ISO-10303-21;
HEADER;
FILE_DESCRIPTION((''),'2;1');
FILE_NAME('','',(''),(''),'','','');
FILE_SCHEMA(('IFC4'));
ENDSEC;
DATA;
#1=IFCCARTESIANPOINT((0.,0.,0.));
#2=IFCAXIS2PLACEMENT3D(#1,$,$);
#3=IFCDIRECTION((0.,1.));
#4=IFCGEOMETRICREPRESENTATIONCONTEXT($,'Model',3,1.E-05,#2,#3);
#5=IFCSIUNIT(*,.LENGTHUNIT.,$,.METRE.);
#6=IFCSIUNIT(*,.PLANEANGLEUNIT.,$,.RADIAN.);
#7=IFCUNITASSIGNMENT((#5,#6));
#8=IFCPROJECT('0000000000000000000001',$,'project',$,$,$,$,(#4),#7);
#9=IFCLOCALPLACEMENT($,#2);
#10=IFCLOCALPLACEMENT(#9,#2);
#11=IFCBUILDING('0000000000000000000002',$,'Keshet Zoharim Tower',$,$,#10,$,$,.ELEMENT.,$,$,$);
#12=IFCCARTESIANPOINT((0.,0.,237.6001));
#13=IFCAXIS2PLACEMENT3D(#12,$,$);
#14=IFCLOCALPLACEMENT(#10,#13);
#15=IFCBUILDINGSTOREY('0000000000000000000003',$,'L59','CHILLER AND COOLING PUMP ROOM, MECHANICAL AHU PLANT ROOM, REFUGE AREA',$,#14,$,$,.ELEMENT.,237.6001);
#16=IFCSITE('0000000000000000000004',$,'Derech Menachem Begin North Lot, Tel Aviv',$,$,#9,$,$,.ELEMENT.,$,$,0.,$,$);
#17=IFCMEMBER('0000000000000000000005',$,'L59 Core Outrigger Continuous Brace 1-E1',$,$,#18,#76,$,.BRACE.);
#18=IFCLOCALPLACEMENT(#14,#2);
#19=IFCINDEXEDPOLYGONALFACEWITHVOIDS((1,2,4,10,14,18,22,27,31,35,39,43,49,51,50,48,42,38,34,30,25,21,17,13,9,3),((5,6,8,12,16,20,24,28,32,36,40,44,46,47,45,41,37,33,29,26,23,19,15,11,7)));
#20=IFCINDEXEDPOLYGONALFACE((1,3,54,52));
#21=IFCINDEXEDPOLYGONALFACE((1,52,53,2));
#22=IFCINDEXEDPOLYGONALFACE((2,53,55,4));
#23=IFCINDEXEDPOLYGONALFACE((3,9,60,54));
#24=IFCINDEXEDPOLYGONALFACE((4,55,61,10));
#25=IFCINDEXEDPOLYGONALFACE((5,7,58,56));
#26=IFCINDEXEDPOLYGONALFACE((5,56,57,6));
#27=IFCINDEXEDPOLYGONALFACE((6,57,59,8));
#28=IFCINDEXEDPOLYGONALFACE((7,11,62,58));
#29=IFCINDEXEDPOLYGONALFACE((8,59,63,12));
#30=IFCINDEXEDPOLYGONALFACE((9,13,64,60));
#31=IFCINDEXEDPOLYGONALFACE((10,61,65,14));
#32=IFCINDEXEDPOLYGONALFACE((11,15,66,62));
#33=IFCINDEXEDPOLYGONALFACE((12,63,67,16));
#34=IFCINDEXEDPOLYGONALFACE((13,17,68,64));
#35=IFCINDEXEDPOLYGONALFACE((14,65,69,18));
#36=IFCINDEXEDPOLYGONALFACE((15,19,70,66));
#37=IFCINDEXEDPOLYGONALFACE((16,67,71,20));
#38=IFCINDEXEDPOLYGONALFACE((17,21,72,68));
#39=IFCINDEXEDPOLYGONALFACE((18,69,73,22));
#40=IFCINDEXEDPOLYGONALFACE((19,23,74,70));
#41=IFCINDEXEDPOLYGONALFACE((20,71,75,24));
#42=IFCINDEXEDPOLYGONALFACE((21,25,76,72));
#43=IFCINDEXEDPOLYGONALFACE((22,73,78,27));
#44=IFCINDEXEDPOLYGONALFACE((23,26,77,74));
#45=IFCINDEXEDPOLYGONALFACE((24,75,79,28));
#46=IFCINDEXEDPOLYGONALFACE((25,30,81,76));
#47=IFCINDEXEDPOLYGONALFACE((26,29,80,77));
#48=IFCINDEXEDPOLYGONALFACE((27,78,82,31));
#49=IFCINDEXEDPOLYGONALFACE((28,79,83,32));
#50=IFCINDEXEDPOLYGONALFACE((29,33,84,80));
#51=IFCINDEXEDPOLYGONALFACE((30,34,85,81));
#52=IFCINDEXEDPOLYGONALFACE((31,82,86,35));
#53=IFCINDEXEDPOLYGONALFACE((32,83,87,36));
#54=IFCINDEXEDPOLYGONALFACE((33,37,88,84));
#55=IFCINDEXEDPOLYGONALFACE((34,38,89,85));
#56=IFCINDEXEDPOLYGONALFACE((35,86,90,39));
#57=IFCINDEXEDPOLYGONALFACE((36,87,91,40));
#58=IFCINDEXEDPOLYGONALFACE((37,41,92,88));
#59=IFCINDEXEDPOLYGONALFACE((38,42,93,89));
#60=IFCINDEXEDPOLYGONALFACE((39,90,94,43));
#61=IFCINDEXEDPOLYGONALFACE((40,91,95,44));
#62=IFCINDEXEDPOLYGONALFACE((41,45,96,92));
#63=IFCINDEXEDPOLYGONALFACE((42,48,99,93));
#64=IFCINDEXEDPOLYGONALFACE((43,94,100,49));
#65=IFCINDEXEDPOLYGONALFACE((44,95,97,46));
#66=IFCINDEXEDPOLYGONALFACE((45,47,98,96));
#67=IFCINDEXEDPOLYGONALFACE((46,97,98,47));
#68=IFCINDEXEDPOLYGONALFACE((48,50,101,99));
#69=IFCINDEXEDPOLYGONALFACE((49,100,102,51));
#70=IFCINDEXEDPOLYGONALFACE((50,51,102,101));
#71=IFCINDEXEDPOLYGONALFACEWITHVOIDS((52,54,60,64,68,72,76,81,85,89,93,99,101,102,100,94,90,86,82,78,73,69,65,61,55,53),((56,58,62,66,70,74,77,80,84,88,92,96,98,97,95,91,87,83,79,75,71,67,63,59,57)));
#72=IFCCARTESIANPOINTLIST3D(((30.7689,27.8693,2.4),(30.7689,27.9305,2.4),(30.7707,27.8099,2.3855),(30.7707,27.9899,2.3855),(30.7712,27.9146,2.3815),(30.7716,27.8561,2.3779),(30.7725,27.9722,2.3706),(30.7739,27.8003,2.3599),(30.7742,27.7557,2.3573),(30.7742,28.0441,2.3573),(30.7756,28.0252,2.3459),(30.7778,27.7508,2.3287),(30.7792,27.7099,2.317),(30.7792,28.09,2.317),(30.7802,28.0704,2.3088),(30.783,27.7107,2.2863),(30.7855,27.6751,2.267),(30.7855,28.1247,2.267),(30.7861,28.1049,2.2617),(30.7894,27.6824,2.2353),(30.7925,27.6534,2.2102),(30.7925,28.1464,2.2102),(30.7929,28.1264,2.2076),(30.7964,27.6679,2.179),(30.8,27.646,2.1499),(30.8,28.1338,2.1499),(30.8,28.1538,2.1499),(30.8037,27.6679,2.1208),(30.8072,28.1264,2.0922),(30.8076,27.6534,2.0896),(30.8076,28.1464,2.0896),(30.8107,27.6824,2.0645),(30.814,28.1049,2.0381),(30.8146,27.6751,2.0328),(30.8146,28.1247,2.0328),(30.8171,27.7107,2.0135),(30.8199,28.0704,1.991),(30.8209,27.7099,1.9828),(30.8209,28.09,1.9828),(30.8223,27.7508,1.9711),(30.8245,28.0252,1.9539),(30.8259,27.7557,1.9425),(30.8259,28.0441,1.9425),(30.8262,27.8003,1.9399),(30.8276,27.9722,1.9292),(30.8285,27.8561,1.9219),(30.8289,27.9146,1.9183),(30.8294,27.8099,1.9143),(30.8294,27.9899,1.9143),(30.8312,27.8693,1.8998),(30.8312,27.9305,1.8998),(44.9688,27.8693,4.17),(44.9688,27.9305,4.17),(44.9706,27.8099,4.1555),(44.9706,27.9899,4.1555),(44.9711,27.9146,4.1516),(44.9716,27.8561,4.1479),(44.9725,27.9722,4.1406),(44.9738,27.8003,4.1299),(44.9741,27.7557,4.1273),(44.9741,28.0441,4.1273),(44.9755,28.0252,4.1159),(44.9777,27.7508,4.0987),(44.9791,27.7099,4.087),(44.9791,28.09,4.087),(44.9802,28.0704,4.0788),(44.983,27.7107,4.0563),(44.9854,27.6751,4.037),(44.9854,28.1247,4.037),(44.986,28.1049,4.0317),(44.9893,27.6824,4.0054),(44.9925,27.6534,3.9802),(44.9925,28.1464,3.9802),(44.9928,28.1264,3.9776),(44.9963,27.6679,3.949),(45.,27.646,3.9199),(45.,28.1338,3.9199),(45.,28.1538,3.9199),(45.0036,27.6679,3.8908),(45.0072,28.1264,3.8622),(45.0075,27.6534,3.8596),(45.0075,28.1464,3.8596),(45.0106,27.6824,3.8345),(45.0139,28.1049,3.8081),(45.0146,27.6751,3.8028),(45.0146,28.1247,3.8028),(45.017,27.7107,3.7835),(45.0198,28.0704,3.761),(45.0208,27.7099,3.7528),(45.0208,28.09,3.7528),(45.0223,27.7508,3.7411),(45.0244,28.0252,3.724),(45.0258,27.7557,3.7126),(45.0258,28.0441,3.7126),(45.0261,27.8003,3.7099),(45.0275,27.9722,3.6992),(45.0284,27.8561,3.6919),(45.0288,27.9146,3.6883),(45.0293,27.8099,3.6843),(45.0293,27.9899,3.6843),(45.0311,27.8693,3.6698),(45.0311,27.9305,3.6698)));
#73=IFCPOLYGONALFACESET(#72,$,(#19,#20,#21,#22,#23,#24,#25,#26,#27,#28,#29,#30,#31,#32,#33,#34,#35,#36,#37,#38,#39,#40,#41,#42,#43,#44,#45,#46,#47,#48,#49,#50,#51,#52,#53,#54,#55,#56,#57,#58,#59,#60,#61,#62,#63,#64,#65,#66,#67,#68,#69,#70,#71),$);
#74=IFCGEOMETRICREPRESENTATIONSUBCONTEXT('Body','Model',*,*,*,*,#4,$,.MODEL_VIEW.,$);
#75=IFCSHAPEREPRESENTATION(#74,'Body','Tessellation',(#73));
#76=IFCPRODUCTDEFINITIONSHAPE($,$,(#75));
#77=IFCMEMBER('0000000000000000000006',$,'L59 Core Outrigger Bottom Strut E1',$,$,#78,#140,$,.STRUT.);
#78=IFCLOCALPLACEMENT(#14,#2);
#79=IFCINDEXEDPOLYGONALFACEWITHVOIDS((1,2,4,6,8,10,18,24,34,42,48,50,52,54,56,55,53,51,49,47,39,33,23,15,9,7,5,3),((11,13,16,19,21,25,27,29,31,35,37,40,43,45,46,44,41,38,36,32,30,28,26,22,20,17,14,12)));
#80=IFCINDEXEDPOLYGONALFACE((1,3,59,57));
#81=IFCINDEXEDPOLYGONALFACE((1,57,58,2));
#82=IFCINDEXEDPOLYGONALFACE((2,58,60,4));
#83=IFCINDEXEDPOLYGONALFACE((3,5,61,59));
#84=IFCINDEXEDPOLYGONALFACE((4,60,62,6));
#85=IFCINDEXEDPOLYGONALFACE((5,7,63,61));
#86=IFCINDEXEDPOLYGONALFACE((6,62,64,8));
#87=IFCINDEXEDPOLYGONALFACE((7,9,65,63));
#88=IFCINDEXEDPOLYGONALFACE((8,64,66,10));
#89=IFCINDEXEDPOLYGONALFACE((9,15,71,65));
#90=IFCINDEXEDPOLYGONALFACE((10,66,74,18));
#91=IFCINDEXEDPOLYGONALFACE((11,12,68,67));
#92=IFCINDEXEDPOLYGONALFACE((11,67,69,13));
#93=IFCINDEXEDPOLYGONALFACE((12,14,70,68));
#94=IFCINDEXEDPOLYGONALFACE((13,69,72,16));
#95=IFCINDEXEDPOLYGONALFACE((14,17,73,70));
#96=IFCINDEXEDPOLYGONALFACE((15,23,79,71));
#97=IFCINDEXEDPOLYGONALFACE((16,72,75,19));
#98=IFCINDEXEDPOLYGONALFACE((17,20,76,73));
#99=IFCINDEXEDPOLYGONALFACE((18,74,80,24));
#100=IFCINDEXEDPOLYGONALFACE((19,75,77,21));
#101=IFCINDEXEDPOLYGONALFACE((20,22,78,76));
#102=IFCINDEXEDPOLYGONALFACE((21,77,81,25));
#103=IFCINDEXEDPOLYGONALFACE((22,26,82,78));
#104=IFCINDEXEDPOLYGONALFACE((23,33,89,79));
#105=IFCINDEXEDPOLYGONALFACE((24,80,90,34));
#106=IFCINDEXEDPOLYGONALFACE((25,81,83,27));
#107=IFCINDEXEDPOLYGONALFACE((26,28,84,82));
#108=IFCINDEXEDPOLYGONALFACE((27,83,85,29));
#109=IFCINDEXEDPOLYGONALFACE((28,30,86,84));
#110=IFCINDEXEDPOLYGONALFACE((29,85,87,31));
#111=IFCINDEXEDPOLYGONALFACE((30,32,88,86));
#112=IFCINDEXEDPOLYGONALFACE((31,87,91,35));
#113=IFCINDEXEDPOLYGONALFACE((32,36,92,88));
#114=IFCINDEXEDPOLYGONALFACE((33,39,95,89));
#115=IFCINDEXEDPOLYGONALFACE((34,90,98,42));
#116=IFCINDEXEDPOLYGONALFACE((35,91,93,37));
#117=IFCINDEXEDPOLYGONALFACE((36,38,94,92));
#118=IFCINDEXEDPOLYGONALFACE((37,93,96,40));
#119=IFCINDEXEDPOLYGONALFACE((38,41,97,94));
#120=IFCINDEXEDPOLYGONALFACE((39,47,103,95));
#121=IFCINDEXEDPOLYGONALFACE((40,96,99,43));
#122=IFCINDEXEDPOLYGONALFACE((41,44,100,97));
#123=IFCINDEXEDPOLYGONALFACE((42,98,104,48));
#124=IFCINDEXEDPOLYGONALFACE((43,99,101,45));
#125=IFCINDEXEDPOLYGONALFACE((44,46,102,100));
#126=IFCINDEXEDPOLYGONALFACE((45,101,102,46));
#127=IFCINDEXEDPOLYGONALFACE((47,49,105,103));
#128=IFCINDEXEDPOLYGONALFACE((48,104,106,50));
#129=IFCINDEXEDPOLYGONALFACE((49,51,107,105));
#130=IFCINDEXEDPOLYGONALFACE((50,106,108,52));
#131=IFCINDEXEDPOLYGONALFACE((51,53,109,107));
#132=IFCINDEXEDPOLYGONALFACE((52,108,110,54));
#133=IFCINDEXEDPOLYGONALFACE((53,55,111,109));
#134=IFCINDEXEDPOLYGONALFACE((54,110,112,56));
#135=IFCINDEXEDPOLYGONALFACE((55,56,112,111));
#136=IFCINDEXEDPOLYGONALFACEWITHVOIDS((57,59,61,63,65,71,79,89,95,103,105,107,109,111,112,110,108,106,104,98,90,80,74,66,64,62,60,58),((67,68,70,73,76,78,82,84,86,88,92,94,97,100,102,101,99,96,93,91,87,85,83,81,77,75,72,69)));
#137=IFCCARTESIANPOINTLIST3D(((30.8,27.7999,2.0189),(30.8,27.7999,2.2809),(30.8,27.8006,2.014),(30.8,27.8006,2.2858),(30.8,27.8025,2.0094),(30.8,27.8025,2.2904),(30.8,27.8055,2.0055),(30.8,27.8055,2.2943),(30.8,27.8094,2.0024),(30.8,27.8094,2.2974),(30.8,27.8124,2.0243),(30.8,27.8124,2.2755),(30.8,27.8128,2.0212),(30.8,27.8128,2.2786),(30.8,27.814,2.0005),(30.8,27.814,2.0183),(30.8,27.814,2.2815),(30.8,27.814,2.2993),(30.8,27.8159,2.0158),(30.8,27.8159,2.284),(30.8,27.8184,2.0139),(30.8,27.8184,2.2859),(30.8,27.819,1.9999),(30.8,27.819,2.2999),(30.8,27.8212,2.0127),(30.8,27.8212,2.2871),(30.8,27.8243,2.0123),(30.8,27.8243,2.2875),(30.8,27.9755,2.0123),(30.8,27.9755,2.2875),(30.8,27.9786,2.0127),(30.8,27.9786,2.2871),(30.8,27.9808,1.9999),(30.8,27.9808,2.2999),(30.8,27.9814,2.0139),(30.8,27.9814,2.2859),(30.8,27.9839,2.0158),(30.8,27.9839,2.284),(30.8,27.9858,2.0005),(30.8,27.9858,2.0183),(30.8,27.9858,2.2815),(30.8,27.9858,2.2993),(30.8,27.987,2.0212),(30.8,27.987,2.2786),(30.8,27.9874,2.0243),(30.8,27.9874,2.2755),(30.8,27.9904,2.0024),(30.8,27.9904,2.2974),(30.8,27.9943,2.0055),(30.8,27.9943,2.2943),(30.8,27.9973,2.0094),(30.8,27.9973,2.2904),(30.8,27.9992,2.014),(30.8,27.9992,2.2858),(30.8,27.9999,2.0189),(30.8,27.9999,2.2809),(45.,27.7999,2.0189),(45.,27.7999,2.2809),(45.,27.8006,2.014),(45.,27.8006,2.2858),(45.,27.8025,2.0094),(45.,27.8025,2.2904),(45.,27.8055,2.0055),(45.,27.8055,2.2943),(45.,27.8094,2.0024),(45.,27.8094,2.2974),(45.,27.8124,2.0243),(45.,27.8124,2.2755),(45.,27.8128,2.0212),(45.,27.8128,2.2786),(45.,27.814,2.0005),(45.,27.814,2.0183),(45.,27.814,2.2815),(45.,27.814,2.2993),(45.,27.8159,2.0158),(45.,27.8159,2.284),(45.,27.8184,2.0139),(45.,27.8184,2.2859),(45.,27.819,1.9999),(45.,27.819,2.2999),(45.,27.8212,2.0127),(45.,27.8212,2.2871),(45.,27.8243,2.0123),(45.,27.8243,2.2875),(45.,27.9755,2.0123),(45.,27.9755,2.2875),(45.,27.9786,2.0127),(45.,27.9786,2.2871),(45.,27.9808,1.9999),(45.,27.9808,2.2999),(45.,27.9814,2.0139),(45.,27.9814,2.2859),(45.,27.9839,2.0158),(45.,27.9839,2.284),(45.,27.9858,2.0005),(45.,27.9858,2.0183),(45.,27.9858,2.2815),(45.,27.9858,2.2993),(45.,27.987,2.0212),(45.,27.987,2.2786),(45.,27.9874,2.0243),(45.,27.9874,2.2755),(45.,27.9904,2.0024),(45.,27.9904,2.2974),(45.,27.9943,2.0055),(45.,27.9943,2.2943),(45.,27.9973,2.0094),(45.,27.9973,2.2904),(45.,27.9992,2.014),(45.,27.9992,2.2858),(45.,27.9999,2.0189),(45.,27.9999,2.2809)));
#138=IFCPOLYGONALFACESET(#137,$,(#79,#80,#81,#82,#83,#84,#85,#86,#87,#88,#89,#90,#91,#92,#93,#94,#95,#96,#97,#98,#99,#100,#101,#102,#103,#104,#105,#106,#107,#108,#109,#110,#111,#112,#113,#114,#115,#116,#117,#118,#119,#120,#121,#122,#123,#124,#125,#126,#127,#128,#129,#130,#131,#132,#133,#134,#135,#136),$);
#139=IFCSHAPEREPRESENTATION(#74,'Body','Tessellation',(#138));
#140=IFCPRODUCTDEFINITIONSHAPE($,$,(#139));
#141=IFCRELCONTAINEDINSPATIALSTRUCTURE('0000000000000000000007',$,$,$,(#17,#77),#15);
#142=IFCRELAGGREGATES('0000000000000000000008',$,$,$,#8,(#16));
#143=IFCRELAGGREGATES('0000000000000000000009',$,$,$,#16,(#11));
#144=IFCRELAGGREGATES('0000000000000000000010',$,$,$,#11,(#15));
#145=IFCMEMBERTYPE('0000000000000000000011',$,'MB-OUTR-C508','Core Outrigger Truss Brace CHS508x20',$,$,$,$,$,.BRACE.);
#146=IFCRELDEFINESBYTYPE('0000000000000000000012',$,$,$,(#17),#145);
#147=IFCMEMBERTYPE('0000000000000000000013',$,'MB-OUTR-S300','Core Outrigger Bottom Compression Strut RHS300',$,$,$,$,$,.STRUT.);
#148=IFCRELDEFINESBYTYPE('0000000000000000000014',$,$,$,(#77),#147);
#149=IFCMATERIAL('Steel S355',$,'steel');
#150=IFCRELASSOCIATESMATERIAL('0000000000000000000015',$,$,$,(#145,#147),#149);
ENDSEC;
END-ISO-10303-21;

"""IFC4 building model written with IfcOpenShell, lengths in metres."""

from ifc_helpers import new_model, si_unit, direction, frame, origin, origin_2d, place, context, subcontext, project, spatial, hollow_rectangle, hollow_circle, extrude, material, material_profile, profile_set, type_object, element, save


model = new_model("IFC4")

# Units and contexts
model_context = context("Model", 3, precision=1e-05, world=origin(), true_north=direction((0.0, 1.0)))
body_context = subcontext(model_context, "Body", "Model", "MODEL_VIEW")
ifc_project = project(units=[si_unit("LENGTHUNIT", "METRE"), si_unit("PLANEANGLEUNIT", "RADIAN")], contexts=[model_context])

# Site, building, storey
site_placement = place(None, origin())
site = spatial("IfcSite", under=ifc_project, at=site_placement, Name="Derech Menachem Begin North Lot, Tel Aviv", CompositionType="ELEMENT", RefElevation=0.0)
building_placement = place(site_placement, origin())
building = spatial("IfcBuilding", under=site, at=building_placement, Name="Keshet Zoharim Tower", CompositionType="ELEMENT")
storey_placement = place(building_placement, frame((0.0, 0.0, 237.6001)))
storey = spatial("IfcBuildingStorey", under=building, at=storey_placement, Name="L59", Description="CHILLER AND COOLING PUMP ROOM, MECHANICAL AHU PLANT ROOM, REFUGE AREA", CompositionType="ELEMENT", Elevation=237.6001)

# Shared definitions
ifc_material_1 = material(Name="Steel S355", Category="steel")

# Members
ifc_material_profile_1 = material_profile(ifc_material_1, hollow_circle(Radius=0.2539, WallThickness=0.02, at=origin_2d()), Name="CHS508x20")
ifc_profile_set_1 = profile_set([ifc_material_profile_1], Name="Steel S355")
member_type_1 = type_object("IfcMemberType", Name="MB-OUTR-C508", Description="Core Outrigger Truss Brace CHS508x20", PredefinedType="BRACE", material=ifc_profile_set_1)
member_1_placement = place(storey_placement, frame((30.8, 27.8999, 2.1499), z_axis=(0.992321, 0.0, 0.123692), x_axis=(0.0, 1.0, 0.0)))
element("IfcMember", 1, at=member_1_placement, inside=storey, type_object=member_type_1, Name="L59 Core Outrigger Continuous Brace 1-E1", PredefinedType="BRACE", context=body_context, shape_type="SweptSolid", body=[
    extrude(hollow_circle(Radius=0.2539, WallThickness=0.02, at=origin_2d()), origin(), (0.0, 0.0, 1.0), 14.3098),
])
ifc_material_profile_2 = material_profile(ifc_material_1, hollow_rectangle(XDim=0.2, YDim=0.3, WallThickness=0.0125, InnerFilletRadius=0.012, OuterFilletRadius=0.019, at=origin_2d()), Name="RHS300x200x12.5")
ifc_profile_set_2 = profile_set([ifc_material_profile_2], Name="Steel S355")
member_type_2 = type_object("IfcMemberType", Name="MB-OUTR-S300", Description="Core Outrigger Bottom Compression Strut RHS300", PredefinedType="STRUT", material=ifc_profile_set_2)
member_2_placement = place(storey_placement, frame((30.8, 27.8999, 2.1499), z_axis=(1.0, 0.0, 0.0), x_axis=(0.0, 1.0, 0.0)))
element("IfcMember", 2, at=member_2_placement, inside=storey, type_object=member_type_2, Name="L59 Core Outrigger Bottom Strut E1", PredefinedType="STRUT", context=body_context, shape_type="SweptSolid", body=[
    extrude(hollow_rectangle(XDim=0.2, YDim=0.3, WallThickness=0.0125, InnerFilletRadius=0.012, OuterFilletRadius=0.019, at=origin_2d()), origin(), (0.0, 0.0, 1.0), 14.2),
])

save(model, "model.ifc")
